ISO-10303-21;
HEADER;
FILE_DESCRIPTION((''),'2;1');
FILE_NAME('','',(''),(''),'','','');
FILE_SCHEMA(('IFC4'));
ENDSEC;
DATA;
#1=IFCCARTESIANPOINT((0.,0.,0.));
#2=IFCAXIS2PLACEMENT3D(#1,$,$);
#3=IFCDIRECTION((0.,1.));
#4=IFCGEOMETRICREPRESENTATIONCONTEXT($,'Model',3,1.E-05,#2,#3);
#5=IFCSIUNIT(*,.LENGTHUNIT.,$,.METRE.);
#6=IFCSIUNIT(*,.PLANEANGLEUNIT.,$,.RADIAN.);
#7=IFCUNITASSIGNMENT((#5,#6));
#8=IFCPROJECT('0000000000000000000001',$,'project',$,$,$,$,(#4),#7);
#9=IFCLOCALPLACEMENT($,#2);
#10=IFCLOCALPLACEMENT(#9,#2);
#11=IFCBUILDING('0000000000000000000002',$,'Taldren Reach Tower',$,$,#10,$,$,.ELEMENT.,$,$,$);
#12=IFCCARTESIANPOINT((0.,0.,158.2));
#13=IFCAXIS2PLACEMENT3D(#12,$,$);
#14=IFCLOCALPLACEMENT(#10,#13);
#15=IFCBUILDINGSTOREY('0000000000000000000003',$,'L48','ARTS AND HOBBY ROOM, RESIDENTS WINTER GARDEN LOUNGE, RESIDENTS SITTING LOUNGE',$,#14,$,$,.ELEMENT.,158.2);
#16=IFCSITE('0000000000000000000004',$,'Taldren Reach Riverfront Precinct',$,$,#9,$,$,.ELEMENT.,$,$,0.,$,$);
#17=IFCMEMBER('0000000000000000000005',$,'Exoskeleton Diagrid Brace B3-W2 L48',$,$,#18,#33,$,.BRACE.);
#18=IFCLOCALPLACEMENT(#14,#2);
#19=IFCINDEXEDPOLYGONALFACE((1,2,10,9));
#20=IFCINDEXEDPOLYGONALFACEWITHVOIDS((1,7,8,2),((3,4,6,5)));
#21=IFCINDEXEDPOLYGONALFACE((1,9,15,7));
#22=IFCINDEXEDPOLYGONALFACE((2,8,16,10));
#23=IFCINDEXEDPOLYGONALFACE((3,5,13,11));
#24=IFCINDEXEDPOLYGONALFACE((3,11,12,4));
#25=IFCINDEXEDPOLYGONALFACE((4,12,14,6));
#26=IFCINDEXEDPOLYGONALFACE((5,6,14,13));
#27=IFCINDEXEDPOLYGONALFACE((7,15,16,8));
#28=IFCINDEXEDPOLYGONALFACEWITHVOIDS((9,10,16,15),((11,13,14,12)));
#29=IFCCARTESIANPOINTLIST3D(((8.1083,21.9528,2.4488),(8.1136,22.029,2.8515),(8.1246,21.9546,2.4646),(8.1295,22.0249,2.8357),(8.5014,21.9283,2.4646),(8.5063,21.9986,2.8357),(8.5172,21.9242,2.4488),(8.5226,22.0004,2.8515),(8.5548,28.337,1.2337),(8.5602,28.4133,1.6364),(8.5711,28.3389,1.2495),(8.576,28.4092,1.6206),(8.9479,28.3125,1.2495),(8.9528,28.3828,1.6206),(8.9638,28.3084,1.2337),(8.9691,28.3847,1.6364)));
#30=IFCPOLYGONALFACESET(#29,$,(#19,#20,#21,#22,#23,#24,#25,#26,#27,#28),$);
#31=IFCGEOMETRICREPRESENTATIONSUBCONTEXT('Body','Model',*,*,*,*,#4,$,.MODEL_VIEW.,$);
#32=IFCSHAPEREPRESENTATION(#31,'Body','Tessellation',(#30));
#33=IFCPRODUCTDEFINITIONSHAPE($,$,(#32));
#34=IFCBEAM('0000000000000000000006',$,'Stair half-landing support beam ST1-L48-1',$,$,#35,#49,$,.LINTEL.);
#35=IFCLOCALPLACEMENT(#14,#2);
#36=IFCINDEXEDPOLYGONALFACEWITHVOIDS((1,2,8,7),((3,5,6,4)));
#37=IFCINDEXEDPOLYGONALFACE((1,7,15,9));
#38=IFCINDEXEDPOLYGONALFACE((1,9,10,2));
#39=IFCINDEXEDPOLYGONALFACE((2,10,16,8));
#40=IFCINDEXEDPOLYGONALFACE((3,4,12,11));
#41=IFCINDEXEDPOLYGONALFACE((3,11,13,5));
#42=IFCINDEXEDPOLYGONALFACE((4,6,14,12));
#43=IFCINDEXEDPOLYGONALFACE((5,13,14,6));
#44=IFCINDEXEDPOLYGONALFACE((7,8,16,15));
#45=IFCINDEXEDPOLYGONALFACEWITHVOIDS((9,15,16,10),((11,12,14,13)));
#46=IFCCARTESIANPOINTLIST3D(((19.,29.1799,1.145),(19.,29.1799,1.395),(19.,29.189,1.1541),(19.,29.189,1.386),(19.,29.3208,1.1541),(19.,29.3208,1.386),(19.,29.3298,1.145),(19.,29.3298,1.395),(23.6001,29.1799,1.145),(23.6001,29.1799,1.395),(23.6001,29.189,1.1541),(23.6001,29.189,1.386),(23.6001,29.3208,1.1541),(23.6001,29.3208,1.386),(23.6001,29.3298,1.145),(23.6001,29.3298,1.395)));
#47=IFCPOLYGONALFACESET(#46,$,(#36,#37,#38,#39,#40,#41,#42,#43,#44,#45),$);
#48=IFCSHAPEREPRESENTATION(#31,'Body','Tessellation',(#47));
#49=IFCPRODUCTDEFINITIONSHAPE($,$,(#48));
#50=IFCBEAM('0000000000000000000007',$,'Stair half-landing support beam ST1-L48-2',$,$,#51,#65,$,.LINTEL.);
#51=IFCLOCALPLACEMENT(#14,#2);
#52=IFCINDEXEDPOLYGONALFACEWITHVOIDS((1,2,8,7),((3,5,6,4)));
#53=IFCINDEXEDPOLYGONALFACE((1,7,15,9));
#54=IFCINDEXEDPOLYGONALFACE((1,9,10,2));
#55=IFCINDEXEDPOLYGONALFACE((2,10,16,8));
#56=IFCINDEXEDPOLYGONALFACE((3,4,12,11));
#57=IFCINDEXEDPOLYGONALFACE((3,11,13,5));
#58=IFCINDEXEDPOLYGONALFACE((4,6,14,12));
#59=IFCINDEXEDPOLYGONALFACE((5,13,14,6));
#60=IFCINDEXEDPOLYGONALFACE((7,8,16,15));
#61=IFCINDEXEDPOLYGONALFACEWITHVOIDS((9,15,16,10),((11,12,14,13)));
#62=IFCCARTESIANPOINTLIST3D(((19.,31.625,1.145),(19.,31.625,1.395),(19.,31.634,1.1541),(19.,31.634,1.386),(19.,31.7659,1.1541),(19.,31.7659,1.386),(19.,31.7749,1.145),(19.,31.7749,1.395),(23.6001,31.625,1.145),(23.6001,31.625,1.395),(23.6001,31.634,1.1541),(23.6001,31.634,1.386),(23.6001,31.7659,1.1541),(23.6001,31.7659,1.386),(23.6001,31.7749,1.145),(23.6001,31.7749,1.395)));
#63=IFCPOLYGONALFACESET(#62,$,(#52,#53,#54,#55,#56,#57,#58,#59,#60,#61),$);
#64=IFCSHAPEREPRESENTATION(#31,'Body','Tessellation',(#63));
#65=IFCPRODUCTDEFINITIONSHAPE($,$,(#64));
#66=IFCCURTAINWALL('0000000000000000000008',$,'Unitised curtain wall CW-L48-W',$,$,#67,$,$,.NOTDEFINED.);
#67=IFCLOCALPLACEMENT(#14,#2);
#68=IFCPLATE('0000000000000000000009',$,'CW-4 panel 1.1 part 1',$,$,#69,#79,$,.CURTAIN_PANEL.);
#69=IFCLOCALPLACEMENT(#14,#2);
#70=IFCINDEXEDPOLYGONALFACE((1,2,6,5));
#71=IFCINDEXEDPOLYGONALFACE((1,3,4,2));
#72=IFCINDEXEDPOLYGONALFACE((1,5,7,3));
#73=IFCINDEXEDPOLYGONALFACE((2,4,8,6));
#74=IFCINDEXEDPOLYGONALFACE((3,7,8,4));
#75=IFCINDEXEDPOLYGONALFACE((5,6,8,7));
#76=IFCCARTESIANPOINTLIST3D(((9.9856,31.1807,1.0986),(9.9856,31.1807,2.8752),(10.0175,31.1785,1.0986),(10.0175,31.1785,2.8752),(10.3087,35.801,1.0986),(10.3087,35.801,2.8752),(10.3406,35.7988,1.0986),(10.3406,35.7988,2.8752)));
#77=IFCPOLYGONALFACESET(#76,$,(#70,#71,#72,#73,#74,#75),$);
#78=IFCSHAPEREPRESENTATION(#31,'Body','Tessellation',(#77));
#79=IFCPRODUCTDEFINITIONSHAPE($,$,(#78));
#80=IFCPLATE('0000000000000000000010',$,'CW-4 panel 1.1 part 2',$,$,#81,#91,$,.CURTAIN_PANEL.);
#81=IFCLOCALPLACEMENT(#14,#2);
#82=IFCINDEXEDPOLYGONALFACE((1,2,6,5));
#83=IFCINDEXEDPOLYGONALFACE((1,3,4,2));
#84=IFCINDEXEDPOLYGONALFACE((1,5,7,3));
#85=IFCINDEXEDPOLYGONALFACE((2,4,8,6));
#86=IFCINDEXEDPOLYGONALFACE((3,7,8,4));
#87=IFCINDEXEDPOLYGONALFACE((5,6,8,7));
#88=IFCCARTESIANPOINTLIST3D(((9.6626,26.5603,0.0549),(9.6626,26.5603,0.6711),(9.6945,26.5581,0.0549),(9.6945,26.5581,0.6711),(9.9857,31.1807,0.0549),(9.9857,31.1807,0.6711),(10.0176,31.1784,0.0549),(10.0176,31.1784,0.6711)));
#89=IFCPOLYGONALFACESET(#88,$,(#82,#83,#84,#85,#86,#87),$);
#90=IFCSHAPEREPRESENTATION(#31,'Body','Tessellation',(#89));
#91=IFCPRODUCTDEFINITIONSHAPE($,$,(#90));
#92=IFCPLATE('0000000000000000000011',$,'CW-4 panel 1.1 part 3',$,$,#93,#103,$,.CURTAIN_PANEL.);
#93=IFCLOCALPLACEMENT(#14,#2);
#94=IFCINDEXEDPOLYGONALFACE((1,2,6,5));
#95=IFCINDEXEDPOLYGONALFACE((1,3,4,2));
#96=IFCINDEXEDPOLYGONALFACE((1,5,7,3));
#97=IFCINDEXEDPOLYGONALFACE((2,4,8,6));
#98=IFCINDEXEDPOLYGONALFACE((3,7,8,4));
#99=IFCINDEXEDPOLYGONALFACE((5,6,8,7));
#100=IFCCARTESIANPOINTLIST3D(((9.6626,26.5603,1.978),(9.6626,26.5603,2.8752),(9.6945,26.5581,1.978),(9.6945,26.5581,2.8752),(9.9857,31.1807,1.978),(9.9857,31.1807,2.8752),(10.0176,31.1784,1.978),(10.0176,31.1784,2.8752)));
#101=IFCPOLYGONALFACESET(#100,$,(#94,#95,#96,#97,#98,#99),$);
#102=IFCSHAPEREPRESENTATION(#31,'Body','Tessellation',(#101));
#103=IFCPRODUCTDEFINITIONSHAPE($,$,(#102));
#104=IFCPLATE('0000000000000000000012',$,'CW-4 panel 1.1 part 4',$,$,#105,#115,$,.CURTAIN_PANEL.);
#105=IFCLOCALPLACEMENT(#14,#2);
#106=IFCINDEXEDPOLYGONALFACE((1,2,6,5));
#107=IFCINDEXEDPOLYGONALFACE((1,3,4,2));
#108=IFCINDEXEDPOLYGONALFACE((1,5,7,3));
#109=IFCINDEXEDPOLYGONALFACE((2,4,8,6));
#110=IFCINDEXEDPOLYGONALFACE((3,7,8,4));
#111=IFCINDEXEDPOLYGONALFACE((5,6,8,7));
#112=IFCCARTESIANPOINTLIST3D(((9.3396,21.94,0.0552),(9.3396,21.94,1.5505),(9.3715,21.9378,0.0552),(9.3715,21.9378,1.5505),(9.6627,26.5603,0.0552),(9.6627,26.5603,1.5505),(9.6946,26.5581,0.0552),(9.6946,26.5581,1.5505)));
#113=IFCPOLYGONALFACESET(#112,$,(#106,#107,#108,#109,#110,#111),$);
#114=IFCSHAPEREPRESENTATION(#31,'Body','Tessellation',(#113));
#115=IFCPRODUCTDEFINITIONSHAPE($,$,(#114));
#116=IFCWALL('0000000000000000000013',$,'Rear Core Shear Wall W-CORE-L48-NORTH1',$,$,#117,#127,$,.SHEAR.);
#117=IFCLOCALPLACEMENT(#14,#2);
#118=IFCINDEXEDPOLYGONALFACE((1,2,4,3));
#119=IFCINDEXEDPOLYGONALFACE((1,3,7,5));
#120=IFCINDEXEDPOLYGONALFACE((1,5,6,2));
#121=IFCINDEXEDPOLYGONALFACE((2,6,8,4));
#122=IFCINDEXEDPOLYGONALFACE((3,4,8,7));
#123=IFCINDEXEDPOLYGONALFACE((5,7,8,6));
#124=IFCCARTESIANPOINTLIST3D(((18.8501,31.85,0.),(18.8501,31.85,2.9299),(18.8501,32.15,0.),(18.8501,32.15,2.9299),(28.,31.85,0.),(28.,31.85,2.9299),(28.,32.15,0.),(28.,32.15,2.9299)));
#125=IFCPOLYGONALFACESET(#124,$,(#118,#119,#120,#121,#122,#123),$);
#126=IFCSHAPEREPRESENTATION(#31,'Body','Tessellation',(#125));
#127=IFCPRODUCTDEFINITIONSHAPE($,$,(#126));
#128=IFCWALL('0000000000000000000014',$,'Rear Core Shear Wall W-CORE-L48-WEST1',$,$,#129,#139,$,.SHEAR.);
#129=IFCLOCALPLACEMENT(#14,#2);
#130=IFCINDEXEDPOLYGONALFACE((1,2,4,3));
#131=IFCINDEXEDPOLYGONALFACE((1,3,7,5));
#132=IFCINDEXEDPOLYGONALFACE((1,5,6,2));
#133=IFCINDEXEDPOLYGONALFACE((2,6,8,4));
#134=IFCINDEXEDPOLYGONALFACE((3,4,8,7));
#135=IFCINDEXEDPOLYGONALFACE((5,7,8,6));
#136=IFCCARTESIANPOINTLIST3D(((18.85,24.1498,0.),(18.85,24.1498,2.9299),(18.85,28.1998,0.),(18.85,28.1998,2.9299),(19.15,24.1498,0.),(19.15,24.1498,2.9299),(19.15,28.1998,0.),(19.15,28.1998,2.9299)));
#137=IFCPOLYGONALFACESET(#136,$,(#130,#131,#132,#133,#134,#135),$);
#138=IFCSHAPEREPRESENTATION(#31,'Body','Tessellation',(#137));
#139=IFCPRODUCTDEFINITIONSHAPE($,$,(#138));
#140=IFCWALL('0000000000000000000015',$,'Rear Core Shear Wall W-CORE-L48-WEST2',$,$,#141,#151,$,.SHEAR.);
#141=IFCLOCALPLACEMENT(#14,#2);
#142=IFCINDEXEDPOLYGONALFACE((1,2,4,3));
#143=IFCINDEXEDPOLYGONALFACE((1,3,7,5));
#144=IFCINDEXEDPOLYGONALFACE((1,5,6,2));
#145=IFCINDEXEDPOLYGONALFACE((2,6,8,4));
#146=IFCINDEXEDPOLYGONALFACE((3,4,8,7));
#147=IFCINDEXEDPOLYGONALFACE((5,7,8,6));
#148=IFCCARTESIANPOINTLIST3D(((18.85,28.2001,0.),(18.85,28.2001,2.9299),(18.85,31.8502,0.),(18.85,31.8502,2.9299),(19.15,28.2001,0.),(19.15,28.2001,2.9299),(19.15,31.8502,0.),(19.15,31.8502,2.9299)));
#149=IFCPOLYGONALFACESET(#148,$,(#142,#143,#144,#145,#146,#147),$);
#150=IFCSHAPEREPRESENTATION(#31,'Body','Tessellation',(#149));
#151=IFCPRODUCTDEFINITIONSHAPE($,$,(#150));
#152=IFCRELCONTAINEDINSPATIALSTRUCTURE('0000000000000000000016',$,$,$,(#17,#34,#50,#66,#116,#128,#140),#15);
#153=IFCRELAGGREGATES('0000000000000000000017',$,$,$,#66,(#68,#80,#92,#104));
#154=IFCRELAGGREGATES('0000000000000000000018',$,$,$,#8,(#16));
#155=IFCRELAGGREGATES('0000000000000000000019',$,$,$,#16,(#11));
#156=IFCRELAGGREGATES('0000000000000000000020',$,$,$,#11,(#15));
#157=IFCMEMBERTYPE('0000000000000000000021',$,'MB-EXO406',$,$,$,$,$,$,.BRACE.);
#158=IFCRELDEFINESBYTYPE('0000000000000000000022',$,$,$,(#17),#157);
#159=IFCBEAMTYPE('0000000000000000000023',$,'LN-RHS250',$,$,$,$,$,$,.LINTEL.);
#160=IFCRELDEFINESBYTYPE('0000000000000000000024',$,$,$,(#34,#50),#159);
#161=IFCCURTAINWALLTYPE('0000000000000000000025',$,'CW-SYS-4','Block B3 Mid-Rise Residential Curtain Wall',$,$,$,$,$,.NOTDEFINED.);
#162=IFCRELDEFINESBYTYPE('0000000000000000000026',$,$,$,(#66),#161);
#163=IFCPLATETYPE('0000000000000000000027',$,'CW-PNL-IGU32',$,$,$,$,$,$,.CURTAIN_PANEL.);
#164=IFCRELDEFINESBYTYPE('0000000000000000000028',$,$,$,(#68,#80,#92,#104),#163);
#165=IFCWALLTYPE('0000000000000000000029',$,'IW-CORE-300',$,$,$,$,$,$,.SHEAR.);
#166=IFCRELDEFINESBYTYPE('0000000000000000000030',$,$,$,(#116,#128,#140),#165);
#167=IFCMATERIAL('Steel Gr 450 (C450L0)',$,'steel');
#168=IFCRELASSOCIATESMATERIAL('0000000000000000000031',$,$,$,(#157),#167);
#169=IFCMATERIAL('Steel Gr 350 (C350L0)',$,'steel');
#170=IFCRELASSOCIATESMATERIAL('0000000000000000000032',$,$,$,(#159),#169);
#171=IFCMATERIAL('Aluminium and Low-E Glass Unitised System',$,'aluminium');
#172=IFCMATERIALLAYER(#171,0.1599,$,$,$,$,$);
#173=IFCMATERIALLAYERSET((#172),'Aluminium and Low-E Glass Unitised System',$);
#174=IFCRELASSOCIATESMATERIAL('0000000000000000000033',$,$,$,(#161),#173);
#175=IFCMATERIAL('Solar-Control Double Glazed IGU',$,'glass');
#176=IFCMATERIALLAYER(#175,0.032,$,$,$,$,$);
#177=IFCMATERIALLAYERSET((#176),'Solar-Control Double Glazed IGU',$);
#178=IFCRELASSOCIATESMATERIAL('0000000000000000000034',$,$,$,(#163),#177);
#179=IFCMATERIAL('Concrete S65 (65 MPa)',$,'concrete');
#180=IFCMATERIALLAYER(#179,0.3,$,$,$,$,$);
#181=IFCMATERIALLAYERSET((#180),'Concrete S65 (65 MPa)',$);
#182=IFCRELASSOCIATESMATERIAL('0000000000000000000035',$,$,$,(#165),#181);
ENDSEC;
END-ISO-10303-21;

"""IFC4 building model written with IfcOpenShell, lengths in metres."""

from ifc_helpers import new_model, si_unit, direction, frame, frame_2d, origin, origin_2d, place, context, subcontext, project, spatial, rectangle, hollow_rectangle, extrude, source, transform, mapped, material, layer, layer_set, material_profile, profile_set, type_object, element, aggregate, save


model = new_model("IFC4")

# Units and contexts
model_context = context("Model", 3, precision=1e-05, world=origin(), true_north=direction((0.0, 1.0)))
body_context = subcontext(model_context, "Body", "Model", "MODEL_VIEW")
ifc_project = project(units=[si_unit("LENGTHUNIT", "METRE"), si_unit("PLANEANGLEUNIT", "RADIAN")], contexts=[model_context])

# Site, building, storey
site_placement = place(None, origin())
site = spatial("IfcSite", under=ifc_project, at=site_placement, Name="Taldren Reach Riverfront Precinct", CompositionType="ELEMENT", RefElevation=0.0)
building_placement = place(site_placement, origin())
building = spatial("IfcBuilding", under=site, at=building_placement, Name="Taldren Reach Tower", CompositionType="ELEMENT")
storey_placement = place(building_placement, frame((0.0, 0.0, 158.2)))
storey = spatial("IfcBuildingStorey", under=building, at=storey_placement, Name="L48", Description="ARTS AND HOBBY ROOM, RESIDENTS WINTER GARDEN LOUNGE, RESIDENTS SITTING LOUNGE", CompositionType="ELEMENT", Elevation=158.2)

# Shared definitions
ifc_material_1 = material(Name="Steel Gr 450 (C450L0)", Category="steel")

# Member
ifc_material_profile_1 = material_profile(ifc_material_1, hollow_rectangle(XDim=0.4099, YDim=0.4099, WallThickness=0.0161, at=origin_2d()), Name="410x410x16.0SHS")
ifc_profile_set_1 = profile_set([ifc_material_profile_1], Name="Steel Gr 450 (C450L0)")
member_type = type_object("IfcMemberType", Name="MB-EXO406", PredefinedType="BRACE", material=ifc_profile_set_1)
shared_shape_1 = source(origin(), body_context, "Body", "SweptSolid", [
    extrude(hollow_rectangle(XDim=0.4099, YDim=0.4099, WallThickness=0.0161, at=origin_2d()), origin(), (0.0, 0.0, 1.0), 6.5142),
])
member_placement = place(storey_placement, frame((8.762, 28.3608, 1.4351), z_axis=(-0.068548, -0.980055, 0.186529), x_axis=(0.997563, -0.069772, 0.0)))
element("IfcMember", 1, at=member_placement, inside=storey, type_object=member_type, Name="Exoskeleton Diagrid Brace B3-W2 L48", PredefinedType="BRACE", context=body_context, shape_type="MappedRepresentation", body=[
    mapped(shared_shape_1, transform((0.0, 0.0, 0.0), scale=1.0)),
])

# Beams
ifc_material_2 = material(Name="Steel Gr 350 (C350L0)", Category="steel")
ifc_material_profile_2 = material_profile(ifc_material_2, hollow_rectangle(XDim=0.1499, YDim=0.25, WallThickness=0.009, at=origin_2d()), Name="250x150x9.0RHS")
ifc_profile_set_2 = profile_set([ifc_material_profile_2], Name="Steel Gr 350 (C350L0)")
beam_type_1 = type_object("IfcBeamType", Name="LN-RHS250", PredefinedType="LINTEL", material=ifc_profile_set_2)
shared_shape_2 = source(origin(), body_context, "Body", "SweptSolid", [
    extrude(hollow_rectangle(XDim=0.1499, YDim=0.25, WallThickness=0.009, at=origin_2d()), origin(), (0.0, 0.0, 1.0), 4.6001),
])
for number, where, z_axis, x_axis, name in (
    (2, (19.0, 29.2549, 1.27), (1.0, 0.0, 0.0), (0.0, 1.0, 0.0), "Stair half-landing support beam ST1-L48-1"),
    (3, (19.0, 31.7, 1.27), (1.0, 0.0, 0.0), (0.0, 1.0, 0.0), "Stair half-landing support beam ST1-L48-2"),
):
    element("IfcBeam", number, at=place(storey_placement, frame(where, z_axis=z_axis, x_axis=x_axis)), inside=storey, type_object=beam_type_1, Name=name, PredefinedType="LINTEL", context=body_context, shape_type="MappedRepresentation", body=[
        mapped(shared_shape_2, transform((0.0, 0.0, 0.0), scale=1.0)),
    ])

# Curtain wall, plates
ifc_material_3 = material(Name="Aluminium and Low-E Glass Unitised System", Category="aluminium")
ifc_layer_1 = layer(ifc_material_3, 0.1599)
ifc_layer_set_1 = layer_set([ifc_layer_1], Name="Aluminium and Low-E Glass Unitised System")
curtain_wall_type = type_object("IfcCurtainWallType", Name="CW-SYS-4", Description="Block B3 Mid-Rise Residential Curtain Wall", PredefinedType="NOTDEFINED", material=ifc_layer_set_1)
curtain_wall_placement = place(storey_placement, origin())
curtain_wall = element("IfcCurtainWall", 4, at=curtain_wall_placement, inside=storey, type_object=curtain_wall_type, Name="Unitised curtain wall CW-L48-W", PredefinedType="NOTDEFINED")
ifc_material_4 = material(Name="Solar-Control Double Glazed IGU", Category="glass")
ifc_layer_2 = layer(ifc_material_4, 0.032)
ifc_layer_set_2 = layer_set([ifc_layer_2], Name="Solar-Control Double Glazed IGU")
plate_type = type_object("IfcPlateType", Name="CW-PNL-IGU32", PredefinedType="CURTAIN_PANEL", material=ifc_layer_set_2)
shared_shape_3 = source(origin(), body_context, "Body", "SweptSolid", [
    extrude(rectangle(XDim=4.6316, YDim=0.032, at=origin_2d()), origin(), (0.0, 0.0, 1.0), 1.7766),
])
plate_1_placement = place(storey_placement, frame((10.1631, 33.4897, 1.0986), z_axis=(0.0, 0.0, 1.0), x_axis=(-0.069756, -0.997564, 0.0)))
plate_1 = element("IfcPlate", 5, at=plate_1_placement, type_object=plate_type, Name="CW-4 panel 1.1 part 1", PredefinedType="CURTAIN_PANEL", context=body_context, shape_type="MappedRepresentation", body=[
    mapped(shared_shape_3, transform((0.0, 0.0, 0.0), scale=1.0)),
])
shared_shape_4 = source(origin(), body_context, "Body", "SweptSolid", [
    extrude(rectangle(XDim=4.6316, YDim=0.032, at=origin_2d()), origin(), (0.0, 0.0, 1.0), 0.6162),
])
plate_2_placement = place(storey_placement, frame((9.8401, 28.8694, 0.0549), z_axis=(0.0, 0.0, 1.0), x_axis=(-0.069756, -0.997564, 0.0)))
plate_2 = element("IfcPlate", 6, at=plate_2_placement, type_object=plate_type, Name="CW-4 panel 1.1 part 2", PredefinedType="CURTAIN_PANEL", context=body_context, shape_type="MappedRepresentation", body=[
    mapped(shared_shape_4, transform((0.0, 0.0, 0.0), scale=1.0)),
])
shared_shape_5 = source(origin(), body_context, "Body", "SweptSolid", [
    extrude(rectangle(XDim=4.6316, YDim=0.032, at=origin_2d()), origin(), (0.0, 0.0, 1.0), 0.8972),
])
plate_3_placement = place(storey_placement, frame((9.8401, 28.8694, 1.978), z_axis=(0.0, 0.0, 1.0), x_axis=(-0.069756, -0.997564, 0.0)))
plate_3 = element("IfcPlate", 7, at=plate_3_placement, type_object=plate_type, Name="CW-4 panel 1.1 part 3", PredefinedType="CURTAIN_PANEL", context=body_context, shape_type="MappedRepresentation", body=[
    mapped(shared_shape_5, transform((0.0, 0.0, 0.0), scale=1.0)),
])
shared_shape_6 = source(origin(), body_context, "Body", "SweptSolid", [
    extrude(rectangle(XDim=4.6316, YDim=0.032, at=origin_2d()), origin(), (0.0, 0.0, 1.0), 1.4954),
])
plate_4_placement = place(storey_placement, frame((9.5171, 24.249, 0.0552), z_axis=(0.0, 0.0, 1.0), x_axis=(-0.069756, -0.997564, 0.0)))
plate_4 = element("IfcPlate", 8, at=plate_4_placement, type_object=plate_type, Name="CW-4 panel 1.1 part 4", PredefinedType="CURTAIN_PANEL", context=body_context, shape_type="MappedRepresentation", body=[
    mapped(shared_shape_6, transform((0.0, 0.0, 0.0), scale=1.0)),
])
aggregate(curtain_wall, [plate_1, plate_2, plate_3, plate_4])

# Walls
ifc_material_5 = material(Name="Concrete S65 (65 MPa)", Category="concrete")
ifc_layer_3 = layer(ifc_material_5, 0.3)
ifc_layer_set_3 = layer_set([ifc_layer_3], Name="Concrete S65 (65 MPa)")
wall_type = type_object("IfcWallType", Name="IW-CORE-300", PredefinedType="SHEAR", material=ifc_layer_set_3)
shared_shape_7 = source(origin(), body_context, "Body", "SweptSolid", [
    extrude(rectangle(XDim=9.1499, YDim=0.3, at=frame_2d((4.575, 0.0))), origin(), (0.0, 0.0, 1.0), 2.9299),
])
wall_1_placement = place(storey_placement, frame((18.8501, 32.0, 0.0), z_axis=(0.0, 0.0, 1.0), x_axis=(1.0, 0.0, 0.0)))
element("IfcWall", 9, at=wall_1_placement, inside=storey, type_object=wall_type, Name="Rear Core Shear Wall W-CORE-L48-NORTH1", PredefinedType="SHEAR", context=body_context, shape_type="MappedRepresentation", body=[
    mapped(shared_shape_7, transform((0.0, 0.0, 0.0), scale=1.0)),
])
shared_shape_8 = source(origin(), body_context, "Body", "SweptSolid", [
    extrude(rectangle(XDim=4.05, YDim=0.3, at=frame_2d((2.0249, 0.0))), origin(), (0.0, 0.0, 1.0), 2.9299),
])
wall_2_placement = place(storey_placement, frame((19.0, 24.1499, 0.0), z_axis=(0.0, 0.0, 1.0), x_axis=(0.0, 1.0, 0.0)))
element("IfcWall", 10, at=wall_2_placement, inside=storey, type_object=wall_type, Name="Rear Core Shear Wall W-CORE-L48-WEST1", PredefinedType="SHEAR", context=body_context, shape_type="MappedRepresentation", body=[
    mapped(shared_shape_8, transform((0.0, 0.0, 0.0), scale=1.0)),
])
shared_shape_9 = source(origin(), body_context, "Body", "SweptSolid", [
    extrude(rectangle(XDim=3.6501, YDim=0.3, at=frame_2d((1.8252, 0.0))), origin(), (0.0, 0.0, 1.0), 2.9299),
])
wall_3_placement = place(storey_placement, frame((19.0, 28.2, 0.0), z_axis=(0.0, 0.0, 1.0), x_axis=(0.0, 1.0, 0.0)))
element("IfcWall", 11, at=wall_3_placement, inside=storey, type_object=wall_type, Name="Rear Core Shear Wall W-CORE-L48-WEST2", PredefinedType="SHEAR", context=body_context, shape_type="MappedRepresentation", body=[
    mapped(shared_shape_9, transform((0.0, 0.0, 0.0), scale=1.0)),
])

save(model, "model.ifc")
